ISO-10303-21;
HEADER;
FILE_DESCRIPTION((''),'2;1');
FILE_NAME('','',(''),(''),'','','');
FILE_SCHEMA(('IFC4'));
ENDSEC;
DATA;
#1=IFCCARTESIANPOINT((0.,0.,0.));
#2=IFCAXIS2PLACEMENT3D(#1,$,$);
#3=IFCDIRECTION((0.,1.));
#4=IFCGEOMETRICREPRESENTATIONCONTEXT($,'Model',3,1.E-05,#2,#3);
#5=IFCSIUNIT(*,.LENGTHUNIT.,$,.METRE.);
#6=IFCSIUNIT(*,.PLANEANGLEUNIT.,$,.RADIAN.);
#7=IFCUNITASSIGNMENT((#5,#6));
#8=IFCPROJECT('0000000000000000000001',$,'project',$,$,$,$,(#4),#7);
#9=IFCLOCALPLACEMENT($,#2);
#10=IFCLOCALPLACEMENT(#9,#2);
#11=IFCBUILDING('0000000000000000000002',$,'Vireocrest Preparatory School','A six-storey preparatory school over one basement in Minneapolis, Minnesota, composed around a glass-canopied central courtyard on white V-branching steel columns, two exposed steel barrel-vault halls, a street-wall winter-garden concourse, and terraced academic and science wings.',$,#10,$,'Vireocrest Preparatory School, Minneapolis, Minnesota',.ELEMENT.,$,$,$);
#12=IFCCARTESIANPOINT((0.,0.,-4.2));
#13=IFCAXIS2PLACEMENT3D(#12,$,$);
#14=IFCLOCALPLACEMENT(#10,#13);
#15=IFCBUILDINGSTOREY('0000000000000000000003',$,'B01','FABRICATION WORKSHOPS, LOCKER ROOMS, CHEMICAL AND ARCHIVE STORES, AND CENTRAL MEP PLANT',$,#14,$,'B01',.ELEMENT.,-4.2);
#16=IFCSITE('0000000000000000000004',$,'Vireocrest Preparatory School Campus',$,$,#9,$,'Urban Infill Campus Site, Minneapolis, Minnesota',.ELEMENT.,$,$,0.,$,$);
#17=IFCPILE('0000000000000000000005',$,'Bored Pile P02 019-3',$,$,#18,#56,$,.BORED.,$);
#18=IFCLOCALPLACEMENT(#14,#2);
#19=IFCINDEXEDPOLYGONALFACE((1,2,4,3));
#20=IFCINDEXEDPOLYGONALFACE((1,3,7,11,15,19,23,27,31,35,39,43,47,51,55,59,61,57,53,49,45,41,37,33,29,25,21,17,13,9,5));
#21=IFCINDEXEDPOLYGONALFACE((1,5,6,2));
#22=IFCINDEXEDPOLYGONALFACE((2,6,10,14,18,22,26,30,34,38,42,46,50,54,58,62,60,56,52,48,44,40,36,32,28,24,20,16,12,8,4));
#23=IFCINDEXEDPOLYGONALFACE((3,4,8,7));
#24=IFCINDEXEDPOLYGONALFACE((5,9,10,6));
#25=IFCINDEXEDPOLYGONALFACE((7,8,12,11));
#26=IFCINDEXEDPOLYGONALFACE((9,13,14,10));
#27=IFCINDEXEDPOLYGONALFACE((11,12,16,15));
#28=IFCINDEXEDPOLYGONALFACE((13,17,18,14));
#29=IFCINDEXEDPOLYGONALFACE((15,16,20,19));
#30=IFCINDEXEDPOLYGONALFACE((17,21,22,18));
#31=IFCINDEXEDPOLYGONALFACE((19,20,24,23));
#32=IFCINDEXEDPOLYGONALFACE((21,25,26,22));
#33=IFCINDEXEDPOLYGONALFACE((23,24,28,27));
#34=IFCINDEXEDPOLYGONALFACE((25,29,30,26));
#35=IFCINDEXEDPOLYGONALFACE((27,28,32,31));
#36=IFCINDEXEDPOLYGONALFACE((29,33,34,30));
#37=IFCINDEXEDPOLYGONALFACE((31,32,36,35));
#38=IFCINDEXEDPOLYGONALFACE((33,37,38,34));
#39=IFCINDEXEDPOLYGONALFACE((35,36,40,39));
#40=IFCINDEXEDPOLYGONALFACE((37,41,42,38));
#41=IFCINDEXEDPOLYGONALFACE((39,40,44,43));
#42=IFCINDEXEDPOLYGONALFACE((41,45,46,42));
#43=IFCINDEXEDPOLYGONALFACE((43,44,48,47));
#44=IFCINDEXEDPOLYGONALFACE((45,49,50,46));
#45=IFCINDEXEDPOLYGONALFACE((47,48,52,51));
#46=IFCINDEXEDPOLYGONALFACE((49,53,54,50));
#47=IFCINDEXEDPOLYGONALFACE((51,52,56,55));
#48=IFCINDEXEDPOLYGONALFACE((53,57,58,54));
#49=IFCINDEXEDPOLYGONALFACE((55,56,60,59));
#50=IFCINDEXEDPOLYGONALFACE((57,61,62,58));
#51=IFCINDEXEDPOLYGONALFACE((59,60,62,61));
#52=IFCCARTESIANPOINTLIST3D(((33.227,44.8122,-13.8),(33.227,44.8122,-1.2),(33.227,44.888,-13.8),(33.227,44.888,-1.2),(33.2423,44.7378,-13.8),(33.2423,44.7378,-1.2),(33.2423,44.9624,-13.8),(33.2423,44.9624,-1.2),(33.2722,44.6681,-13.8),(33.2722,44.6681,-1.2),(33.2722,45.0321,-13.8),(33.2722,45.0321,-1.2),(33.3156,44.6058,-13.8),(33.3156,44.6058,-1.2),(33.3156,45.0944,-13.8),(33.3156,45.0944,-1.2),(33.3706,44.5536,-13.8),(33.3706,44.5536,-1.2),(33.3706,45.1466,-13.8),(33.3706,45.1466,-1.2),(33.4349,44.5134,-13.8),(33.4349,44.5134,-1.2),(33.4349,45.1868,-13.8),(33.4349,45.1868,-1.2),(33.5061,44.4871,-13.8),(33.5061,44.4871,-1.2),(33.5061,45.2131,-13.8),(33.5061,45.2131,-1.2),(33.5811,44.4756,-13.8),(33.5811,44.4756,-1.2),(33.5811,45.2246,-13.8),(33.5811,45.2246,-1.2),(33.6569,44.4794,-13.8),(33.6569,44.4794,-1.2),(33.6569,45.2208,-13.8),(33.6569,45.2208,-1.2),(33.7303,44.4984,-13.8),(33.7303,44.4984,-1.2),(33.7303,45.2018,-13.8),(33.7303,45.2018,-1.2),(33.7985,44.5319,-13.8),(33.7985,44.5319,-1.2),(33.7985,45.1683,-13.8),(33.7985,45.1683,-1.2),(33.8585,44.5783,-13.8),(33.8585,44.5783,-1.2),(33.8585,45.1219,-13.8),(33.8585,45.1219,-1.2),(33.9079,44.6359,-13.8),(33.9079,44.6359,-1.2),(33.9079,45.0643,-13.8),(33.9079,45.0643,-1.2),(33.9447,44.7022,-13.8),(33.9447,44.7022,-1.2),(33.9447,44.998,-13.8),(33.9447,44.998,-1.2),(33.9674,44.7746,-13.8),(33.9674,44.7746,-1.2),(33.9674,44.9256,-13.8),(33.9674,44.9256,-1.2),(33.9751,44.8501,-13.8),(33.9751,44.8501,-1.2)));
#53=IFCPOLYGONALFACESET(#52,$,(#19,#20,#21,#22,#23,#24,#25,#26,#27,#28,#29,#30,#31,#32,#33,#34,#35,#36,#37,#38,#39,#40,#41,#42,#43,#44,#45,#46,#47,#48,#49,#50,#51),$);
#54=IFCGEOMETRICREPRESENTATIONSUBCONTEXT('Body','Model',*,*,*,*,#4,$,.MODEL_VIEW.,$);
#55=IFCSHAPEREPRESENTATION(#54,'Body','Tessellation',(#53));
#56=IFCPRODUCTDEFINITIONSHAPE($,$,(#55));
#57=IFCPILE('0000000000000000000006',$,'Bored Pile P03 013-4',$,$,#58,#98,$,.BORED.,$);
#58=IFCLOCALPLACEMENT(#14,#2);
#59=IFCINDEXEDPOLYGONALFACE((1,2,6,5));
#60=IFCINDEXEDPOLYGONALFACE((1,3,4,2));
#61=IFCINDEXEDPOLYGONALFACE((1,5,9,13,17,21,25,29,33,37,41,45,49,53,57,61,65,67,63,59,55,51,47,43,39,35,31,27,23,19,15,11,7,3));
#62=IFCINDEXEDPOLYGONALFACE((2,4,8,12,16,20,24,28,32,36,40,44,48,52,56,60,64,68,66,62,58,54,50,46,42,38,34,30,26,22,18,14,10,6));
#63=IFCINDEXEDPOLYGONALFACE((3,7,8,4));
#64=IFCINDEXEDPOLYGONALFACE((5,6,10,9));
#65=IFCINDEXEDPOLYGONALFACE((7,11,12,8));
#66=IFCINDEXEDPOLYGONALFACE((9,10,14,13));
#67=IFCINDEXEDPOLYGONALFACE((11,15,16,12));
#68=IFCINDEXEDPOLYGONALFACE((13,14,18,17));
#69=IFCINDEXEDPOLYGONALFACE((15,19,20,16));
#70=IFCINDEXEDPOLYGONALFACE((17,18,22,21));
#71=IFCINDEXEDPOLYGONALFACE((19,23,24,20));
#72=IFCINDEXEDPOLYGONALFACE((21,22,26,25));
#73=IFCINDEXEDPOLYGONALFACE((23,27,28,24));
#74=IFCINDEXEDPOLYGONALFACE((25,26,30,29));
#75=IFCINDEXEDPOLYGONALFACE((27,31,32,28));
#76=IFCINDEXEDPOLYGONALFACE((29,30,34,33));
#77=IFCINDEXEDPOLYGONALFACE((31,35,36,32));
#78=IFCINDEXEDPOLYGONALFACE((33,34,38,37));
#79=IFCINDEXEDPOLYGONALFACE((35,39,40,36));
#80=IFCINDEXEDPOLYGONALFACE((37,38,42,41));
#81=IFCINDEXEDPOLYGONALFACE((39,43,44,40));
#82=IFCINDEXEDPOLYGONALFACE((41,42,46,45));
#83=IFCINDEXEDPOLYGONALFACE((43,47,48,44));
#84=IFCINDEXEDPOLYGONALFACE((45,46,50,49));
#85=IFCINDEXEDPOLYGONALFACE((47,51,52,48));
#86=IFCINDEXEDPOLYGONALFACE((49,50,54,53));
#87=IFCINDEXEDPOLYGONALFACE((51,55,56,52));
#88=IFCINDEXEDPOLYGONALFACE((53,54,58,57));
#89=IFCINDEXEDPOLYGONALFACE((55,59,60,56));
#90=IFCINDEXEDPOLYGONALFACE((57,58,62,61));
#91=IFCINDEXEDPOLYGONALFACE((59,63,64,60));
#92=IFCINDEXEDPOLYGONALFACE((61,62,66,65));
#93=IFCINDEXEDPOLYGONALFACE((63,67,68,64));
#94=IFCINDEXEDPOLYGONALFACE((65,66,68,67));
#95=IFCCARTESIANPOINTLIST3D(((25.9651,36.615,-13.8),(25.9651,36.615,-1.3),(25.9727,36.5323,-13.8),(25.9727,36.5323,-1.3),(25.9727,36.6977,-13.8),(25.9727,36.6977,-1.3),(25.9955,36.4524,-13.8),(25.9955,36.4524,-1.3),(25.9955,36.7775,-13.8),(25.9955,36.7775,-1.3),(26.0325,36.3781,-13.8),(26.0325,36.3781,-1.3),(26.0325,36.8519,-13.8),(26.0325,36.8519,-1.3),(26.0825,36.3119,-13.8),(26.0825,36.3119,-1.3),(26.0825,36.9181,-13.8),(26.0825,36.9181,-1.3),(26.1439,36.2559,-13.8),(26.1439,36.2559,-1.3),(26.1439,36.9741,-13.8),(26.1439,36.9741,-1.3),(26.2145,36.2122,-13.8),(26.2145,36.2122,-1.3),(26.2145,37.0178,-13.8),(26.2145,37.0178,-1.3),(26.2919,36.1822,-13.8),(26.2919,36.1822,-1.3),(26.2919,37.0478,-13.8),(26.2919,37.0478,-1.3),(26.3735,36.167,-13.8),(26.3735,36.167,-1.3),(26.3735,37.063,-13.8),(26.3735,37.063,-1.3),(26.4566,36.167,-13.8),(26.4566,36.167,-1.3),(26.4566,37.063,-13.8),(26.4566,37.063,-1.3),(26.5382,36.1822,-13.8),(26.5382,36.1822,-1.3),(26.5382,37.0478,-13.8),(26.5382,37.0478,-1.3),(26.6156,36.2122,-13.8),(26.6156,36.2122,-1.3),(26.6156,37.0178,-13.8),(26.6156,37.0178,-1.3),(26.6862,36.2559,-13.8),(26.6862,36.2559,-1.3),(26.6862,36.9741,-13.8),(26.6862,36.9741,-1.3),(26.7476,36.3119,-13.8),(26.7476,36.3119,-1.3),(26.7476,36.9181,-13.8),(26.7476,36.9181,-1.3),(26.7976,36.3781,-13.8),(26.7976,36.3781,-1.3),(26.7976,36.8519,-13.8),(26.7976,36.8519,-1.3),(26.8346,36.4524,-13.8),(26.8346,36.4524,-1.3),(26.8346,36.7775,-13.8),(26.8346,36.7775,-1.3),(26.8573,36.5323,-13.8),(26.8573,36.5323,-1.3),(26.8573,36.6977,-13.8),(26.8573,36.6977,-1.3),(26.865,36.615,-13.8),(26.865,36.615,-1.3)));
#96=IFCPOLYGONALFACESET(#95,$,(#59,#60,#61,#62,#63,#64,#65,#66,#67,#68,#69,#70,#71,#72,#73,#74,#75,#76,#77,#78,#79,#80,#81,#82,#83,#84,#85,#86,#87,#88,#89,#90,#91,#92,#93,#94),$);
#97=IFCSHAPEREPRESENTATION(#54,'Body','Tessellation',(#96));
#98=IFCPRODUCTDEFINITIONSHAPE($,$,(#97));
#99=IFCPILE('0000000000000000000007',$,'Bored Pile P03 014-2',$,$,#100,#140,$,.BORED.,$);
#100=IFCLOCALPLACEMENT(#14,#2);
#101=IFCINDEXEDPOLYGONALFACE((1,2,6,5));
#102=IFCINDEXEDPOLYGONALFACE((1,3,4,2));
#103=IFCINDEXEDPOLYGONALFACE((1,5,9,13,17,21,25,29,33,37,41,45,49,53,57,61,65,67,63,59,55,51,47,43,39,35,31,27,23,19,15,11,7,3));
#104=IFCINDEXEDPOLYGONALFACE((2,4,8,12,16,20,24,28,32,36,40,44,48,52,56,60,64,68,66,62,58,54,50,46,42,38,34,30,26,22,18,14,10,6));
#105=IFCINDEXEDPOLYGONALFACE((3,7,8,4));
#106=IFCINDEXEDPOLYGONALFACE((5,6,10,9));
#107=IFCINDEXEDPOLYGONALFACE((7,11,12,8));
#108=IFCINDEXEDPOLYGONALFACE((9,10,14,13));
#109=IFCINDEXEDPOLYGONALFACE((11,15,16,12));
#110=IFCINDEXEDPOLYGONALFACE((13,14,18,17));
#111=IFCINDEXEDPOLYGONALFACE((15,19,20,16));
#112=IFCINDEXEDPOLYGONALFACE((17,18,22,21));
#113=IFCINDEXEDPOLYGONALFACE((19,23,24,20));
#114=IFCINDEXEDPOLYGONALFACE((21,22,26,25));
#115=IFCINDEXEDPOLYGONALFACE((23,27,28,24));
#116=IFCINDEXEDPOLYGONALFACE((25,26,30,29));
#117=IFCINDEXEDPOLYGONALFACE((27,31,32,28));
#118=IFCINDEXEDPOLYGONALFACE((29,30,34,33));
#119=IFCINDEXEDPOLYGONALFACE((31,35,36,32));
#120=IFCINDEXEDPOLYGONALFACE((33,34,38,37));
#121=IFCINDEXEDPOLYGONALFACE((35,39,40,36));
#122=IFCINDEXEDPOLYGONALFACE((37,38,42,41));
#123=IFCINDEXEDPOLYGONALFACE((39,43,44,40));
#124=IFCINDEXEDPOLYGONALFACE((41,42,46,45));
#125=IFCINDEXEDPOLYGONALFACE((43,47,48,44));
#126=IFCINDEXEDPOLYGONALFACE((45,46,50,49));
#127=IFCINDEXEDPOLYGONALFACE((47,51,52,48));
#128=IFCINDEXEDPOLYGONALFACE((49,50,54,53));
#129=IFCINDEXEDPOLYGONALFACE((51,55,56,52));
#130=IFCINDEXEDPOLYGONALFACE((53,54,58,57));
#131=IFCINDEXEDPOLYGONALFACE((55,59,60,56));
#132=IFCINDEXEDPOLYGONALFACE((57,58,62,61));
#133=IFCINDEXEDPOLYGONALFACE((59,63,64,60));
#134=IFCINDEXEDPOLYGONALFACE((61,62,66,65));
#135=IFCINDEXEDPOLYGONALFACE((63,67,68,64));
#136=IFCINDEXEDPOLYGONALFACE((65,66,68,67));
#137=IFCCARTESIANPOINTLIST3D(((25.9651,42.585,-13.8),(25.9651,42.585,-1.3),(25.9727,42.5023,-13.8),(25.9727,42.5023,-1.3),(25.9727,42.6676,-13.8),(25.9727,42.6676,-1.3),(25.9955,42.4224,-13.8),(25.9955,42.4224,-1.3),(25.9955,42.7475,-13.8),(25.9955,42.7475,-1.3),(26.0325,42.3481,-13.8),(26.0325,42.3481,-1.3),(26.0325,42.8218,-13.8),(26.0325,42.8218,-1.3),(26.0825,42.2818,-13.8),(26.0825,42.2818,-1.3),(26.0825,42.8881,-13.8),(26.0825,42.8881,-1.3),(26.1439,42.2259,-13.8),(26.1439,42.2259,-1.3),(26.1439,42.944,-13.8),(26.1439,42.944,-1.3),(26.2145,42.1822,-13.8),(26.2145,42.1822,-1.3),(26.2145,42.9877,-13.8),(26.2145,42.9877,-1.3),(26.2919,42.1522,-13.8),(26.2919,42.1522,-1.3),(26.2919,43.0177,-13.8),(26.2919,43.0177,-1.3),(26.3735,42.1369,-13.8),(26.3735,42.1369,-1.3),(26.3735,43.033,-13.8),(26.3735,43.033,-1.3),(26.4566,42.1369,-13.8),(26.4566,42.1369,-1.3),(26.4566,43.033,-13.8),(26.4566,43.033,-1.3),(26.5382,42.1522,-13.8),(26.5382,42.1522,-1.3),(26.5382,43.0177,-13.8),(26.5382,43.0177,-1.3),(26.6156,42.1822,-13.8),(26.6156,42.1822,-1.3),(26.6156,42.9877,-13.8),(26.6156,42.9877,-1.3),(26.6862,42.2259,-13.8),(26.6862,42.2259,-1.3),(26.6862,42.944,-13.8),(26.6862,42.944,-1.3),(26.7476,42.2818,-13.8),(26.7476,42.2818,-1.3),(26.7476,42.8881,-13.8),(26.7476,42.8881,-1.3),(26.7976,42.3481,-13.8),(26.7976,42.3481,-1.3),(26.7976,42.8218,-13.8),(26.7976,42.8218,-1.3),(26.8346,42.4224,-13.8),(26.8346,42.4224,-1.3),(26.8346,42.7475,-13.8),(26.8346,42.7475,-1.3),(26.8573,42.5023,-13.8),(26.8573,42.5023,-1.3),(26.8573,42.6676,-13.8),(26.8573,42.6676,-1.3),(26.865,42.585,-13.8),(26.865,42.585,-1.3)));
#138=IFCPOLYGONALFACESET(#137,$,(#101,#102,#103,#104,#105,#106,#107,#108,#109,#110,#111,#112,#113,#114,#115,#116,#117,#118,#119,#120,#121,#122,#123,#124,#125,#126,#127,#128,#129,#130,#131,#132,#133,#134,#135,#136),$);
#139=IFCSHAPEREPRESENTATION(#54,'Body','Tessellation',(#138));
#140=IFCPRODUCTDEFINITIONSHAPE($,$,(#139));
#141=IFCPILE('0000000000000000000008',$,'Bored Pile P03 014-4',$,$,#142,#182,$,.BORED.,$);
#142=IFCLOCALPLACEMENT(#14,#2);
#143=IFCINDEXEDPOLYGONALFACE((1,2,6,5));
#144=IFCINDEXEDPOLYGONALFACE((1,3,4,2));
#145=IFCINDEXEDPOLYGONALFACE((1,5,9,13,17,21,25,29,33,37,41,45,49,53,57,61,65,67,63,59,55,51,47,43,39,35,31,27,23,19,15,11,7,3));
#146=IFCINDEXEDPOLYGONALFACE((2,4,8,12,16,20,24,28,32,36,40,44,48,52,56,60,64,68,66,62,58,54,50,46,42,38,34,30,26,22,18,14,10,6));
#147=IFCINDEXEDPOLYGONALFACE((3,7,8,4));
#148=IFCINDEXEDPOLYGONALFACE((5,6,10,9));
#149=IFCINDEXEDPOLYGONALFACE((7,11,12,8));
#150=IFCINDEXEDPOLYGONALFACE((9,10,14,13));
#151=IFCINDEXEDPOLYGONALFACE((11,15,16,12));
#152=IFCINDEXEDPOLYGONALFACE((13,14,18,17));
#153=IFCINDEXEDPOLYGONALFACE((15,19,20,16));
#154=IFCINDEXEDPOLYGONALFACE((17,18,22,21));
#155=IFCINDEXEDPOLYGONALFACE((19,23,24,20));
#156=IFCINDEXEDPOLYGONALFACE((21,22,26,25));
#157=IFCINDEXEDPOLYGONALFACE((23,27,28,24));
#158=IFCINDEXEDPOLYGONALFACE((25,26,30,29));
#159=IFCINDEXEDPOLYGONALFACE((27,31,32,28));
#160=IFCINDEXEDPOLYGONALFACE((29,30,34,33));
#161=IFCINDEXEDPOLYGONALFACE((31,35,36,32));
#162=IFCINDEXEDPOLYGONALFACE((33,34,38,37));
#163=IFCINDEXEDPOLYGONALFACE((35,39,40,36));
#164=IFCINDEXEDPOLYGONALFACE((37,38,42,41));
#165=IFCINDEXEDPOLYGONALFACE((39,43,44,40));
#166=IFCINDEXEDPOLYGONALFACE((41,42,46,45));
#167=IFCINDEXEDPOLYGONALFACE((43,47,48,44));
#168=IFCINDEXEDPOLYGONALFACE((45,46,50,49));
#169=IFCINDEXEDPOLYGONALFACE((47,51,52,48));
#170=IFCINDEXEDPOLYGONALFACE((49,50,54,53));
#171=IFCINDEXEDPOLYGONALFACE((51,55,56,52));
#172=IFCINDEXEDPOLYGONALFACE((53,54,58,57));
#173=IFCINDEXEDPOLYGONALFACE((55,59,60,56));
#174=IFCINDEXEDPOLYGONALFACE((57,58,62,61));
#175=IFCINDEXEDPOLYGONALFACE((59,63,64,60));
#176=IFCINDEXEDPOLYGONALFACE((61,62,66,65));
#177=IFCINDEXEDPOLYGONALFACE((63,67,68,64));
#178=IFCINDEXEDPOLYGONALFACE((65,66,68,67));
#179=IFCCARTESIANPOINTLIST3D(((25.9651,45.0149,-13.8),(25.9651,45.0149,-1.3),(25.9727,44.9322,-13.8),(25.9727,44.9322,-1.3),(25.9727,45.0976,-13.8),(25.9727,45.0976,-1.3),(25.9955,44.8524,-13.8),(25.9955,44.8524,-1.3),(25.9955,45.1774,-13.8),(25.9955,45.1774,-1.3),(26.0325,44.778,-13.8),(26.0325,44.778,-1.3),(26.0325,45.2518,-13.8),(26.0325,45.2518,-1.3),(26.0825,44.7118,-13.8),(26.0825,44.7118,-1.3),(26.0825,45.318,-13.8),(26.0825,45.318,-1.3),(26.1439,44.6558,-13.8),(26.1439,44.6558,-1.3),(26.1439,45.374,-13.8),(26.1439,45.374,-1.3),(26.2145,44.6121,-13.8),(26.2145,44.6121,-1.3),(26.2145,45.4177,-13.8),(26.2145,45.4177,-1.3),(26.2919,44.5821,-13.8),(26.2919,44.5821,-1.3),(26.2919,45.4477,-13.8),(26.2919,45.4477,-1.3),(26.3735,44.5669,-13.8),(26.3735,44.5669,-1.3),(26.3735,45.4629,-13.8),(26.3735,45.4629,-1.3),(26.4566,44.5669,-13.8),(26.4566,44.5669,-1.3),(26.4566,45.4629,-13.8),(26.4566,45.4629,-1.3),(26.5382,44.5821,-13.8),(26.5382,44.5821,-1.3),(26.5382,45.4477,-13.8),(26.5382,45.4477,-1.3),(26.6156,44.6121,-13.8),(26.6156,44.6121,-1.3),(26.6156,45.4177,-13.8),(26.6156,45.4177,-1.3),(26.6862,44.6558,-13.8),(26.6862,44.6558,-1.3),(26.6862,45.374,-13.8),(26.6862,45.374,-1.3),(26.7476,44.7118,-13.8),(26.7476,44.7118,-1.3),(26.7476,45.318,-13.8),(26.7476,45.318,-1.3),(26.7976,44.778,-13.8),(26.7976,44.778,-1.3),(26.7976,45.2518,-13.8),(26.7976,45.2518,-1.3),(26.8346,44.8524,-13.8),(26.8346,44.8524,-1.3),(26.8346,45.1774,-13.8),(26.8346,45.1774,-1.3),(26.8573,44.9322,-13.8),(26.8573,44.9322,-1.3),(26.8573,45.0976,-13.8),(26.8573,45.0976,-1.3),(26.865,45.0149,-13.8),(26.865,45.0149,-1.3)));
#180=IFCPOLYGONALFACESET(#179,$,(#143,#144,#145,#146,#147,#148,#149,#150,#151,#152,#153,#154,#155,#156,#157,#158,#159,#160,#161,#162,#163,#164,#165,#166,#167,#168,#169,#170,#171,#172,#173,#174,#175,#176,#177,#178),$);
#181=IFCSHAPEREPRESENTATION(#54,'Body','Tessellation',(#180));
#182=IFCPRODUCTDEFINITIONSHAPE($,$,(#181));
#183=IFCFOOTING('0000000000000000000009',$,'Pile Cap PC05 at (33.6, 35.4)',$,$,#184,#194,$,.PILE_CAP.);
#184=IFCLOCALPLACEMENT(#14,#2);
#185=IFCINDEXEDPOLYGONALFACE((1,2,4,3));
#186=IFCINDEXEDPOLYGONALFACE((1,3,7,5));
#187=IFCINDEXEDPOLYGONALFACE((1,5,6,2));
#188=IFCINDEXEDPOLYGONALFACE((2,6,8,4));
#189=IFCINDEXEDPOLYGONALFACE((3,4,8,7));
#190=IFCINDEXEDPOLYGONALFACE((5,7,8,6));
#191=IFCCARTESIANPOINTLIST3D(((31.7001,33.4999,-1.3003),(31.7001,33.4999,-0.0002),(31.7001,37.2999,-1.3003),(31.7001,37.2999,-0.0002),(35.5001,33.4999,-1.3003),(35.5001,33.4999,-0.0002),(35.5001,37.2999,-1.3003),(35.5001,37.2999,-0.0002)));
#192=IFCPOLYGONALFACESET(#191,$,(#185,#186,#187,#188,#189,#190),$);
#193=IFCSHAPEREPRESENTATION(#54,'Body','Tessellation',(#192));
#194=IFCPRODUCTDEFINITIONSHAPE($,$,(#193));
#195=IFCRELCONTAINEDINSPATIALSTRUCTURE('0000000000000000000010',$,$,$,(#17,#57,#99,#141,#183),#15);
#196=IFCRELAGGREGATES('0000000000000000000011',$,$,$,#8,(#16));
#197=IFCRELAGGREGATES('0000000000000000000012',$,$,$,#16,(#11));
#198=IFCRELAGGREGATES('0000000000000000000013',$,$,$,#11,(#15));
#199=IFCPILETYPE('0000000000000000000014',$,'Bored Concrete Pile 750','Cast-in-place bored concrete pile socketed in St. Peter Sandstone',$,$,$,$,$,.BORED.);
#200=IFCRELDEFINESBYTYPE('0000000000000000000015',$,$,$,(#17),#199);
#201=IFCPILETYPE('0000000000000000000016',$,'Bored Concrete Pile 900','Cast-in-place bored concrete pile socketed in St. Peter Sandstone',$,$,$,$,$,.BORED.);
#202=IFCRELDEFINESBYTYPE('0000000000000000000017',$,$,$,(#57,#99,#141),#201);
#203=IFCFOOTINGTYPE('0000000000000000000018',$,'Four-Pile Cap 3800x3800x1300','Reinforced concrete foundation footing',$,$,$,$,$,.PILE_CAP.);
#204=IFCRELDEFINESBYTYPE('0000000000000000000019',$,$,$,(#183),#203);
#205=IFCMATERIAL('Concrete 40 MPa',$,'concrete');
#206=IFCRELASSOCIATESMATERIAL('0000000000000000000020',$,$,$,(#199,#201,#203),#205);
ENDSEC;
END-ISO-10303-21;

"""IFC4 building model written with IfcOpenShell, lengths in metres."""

from ifc_helpers import new_model, si_unit, direction, frame, origin, origin_2d, place, context, subcontext, project, spatial, rectangle, circle, extrude, material, material_profile, profile_set, type_object, element, save


model = new_model("IFC4")

# Units and contexts
model_context = context("Model", 3, precision=1e-05, world=origin(), true_north=direction((0.0, 1.0)))
body_context = subcontext(model_context, "Body", "Model", "MODEL_VIEW")
ifc_project = project(units=[si_unit("LENGTHUNIT", "METRE"), si_unit("PLANEANGLEUNIT", "RADIAN")], contexts=[model_context])

# Site, building, storey
site_placement = place(None, origin())
site = spatial("IfcSite", under=ifc_project, at=site_placement, Name="Vireocrest Preparatory School Campus", LongName="Urban Infill Campus Site, Minneapolis, Minnesota", CompositionType="ELEMENT", RefElevation=0.0)
building_placement = place(site_placement, origin())
building = spatial("IfcBuilding", under=site, at=building_placement, Name="Vireocrest Preparatory School", Description="A six-storey preparatory school over one basement in Minneapolis, Minnesota, composed around a glass-canopied central courtyard on white V-branching steel columns, two exposed steel barrel-vault halls, a street-wall winter-garden concourse, and terraced academic and science wings.", LongName="Vireocrest Preparatory School, Minneapolis, Minnesota", CompositionType="ELEMENT")
storey_placement = place(building_placement, frame((0.0, 0.0, -4.2)))
storey = spatial("IfcBuildingStorey", under=building, at=storey_placement, Name="B01", Description="FABRICATION WORKSHOPS, LOCKER ROOMS, CHEMICAL AND ARCHIVE STORES, AND CENTRAL MEP PLANT", LongName="B01", CompositionType="ELEMENT", Elevation=-4.2)

# Piles
ifc_material_1 = material(Name="Concrete 40 MPa", Category="concrete")
ifc_material_profile_1 = material_profile(ifc_material_1, circle(Radius=0.375, at=origin_2d()), Name="BORED PILE 750")
ifc_profile_set_1 = profile_set([ifc_material_profile_1], Name="Concrete 40 MPa")
pile_type_1 = type_object("IfcPileType", Name="Bored Concrete Pile 750", Description="Cast-in-place bored concrete pile socketed in St. Peter Sandstone", PredefinedType="BORED", material=ifc_profile_set_1)
for number, where, z_axis, x_axis, name in (
    (1, (33.6001, 44.8501, -1.2), (0.0, 0.0, -1.0), (1.0, 0.0, 0.0), "Bored Pile P02 019-3"),
):
    element("IfcPile", number, at=place(storey_placement, frame(where, z_axis=z_axis, x_axis=x_axis)), inside=storey, type_object=pile_type_1, Name=name, PredefinedType="BORED", context=body_context, shape_type="SweptSolid", body=[
        extrude(circle(Radius=0.375, at=origin_2d()), origin(), (0.0, 0.0, 1.0), 12.6001),
    ])
ifc_material_profile_2 = material_profile(ifc_material_1, circle(Radius=0.45, at=origin_2d()), Name="BORED PILE 900")
ifc_profile_set_2 = profile_set([ifc_material_profile_2], Name="Concrete 40 MPa")
pile_type_2 = type_object("IfcPileType", Name="Bored Concrete Pile 900", Description="Cast-in-place bored concrete pile socketed in St. Peter Sandstone", PredefinedType="BORED", material=ifc_profile_set_2)
for number, where, z_axis, x_axis, name in (
    (2, (26.415, 36.615, -1.3), (0.0, 0.0, -1.0), (1.0, 0.0, 0.0), "Bored Pile P03 013-4"),
    (3, (26.415, 42.585, -1.3), (0.0, 0.0, -1.0), (1.0, 0.0, 0.0), "Bored Pile P03 014-2"),
    (4, (26.415, 45.0149, -1.3), (0.0, 0.0, -1.0), (1.0, 0.0, 0.0), "Bored Pile P03 014-4"),
):
    element("IfcPile", number, at=place(storey_placement, frame(where, z_axis=z_axis, x_axis=x_axis)), inside=storey, type_object=pile_type_2, Name=name, PredefinedType="BORED", context=body_context, shape_type="SweptSolid", body=[
        extrude(circle(Radius=0.45, at=origin_2d()), origin(), (0.0, 0.0, 1.0), 12.5),
    ])

# Footing
footing_type_1 = type_object("IfcFootingType", Name="Four-Pile Cap 3800x3800x1300", Description="Reinforced concrete foundation footing", PredefinedType="PILE_CAP", material=ifc_material_1)
footing_1_placement = place(storey_placement, frame((33.6001, 35.3999, -1.3003), z_axis=(0.0, 0.0, 1.0), x_axis=(1.0, 0.0, 0.0)))
element("IfcFooting", 5, at=footing_1_placement, inside=storey, type_object=footing_type_1, Name="Pile Cap PC05 at (33.6, 35.4)", PredefinedType="PILE_CAP", context=body_context, shape_type="SweptSolid", body=[
    extrude(rectangle(XDim=3.8, YDim=3.8, at=origin_2d()), origin(), (0.0, 0.0, 1.0), 1.3),
])

save(model, "model.ifc")
